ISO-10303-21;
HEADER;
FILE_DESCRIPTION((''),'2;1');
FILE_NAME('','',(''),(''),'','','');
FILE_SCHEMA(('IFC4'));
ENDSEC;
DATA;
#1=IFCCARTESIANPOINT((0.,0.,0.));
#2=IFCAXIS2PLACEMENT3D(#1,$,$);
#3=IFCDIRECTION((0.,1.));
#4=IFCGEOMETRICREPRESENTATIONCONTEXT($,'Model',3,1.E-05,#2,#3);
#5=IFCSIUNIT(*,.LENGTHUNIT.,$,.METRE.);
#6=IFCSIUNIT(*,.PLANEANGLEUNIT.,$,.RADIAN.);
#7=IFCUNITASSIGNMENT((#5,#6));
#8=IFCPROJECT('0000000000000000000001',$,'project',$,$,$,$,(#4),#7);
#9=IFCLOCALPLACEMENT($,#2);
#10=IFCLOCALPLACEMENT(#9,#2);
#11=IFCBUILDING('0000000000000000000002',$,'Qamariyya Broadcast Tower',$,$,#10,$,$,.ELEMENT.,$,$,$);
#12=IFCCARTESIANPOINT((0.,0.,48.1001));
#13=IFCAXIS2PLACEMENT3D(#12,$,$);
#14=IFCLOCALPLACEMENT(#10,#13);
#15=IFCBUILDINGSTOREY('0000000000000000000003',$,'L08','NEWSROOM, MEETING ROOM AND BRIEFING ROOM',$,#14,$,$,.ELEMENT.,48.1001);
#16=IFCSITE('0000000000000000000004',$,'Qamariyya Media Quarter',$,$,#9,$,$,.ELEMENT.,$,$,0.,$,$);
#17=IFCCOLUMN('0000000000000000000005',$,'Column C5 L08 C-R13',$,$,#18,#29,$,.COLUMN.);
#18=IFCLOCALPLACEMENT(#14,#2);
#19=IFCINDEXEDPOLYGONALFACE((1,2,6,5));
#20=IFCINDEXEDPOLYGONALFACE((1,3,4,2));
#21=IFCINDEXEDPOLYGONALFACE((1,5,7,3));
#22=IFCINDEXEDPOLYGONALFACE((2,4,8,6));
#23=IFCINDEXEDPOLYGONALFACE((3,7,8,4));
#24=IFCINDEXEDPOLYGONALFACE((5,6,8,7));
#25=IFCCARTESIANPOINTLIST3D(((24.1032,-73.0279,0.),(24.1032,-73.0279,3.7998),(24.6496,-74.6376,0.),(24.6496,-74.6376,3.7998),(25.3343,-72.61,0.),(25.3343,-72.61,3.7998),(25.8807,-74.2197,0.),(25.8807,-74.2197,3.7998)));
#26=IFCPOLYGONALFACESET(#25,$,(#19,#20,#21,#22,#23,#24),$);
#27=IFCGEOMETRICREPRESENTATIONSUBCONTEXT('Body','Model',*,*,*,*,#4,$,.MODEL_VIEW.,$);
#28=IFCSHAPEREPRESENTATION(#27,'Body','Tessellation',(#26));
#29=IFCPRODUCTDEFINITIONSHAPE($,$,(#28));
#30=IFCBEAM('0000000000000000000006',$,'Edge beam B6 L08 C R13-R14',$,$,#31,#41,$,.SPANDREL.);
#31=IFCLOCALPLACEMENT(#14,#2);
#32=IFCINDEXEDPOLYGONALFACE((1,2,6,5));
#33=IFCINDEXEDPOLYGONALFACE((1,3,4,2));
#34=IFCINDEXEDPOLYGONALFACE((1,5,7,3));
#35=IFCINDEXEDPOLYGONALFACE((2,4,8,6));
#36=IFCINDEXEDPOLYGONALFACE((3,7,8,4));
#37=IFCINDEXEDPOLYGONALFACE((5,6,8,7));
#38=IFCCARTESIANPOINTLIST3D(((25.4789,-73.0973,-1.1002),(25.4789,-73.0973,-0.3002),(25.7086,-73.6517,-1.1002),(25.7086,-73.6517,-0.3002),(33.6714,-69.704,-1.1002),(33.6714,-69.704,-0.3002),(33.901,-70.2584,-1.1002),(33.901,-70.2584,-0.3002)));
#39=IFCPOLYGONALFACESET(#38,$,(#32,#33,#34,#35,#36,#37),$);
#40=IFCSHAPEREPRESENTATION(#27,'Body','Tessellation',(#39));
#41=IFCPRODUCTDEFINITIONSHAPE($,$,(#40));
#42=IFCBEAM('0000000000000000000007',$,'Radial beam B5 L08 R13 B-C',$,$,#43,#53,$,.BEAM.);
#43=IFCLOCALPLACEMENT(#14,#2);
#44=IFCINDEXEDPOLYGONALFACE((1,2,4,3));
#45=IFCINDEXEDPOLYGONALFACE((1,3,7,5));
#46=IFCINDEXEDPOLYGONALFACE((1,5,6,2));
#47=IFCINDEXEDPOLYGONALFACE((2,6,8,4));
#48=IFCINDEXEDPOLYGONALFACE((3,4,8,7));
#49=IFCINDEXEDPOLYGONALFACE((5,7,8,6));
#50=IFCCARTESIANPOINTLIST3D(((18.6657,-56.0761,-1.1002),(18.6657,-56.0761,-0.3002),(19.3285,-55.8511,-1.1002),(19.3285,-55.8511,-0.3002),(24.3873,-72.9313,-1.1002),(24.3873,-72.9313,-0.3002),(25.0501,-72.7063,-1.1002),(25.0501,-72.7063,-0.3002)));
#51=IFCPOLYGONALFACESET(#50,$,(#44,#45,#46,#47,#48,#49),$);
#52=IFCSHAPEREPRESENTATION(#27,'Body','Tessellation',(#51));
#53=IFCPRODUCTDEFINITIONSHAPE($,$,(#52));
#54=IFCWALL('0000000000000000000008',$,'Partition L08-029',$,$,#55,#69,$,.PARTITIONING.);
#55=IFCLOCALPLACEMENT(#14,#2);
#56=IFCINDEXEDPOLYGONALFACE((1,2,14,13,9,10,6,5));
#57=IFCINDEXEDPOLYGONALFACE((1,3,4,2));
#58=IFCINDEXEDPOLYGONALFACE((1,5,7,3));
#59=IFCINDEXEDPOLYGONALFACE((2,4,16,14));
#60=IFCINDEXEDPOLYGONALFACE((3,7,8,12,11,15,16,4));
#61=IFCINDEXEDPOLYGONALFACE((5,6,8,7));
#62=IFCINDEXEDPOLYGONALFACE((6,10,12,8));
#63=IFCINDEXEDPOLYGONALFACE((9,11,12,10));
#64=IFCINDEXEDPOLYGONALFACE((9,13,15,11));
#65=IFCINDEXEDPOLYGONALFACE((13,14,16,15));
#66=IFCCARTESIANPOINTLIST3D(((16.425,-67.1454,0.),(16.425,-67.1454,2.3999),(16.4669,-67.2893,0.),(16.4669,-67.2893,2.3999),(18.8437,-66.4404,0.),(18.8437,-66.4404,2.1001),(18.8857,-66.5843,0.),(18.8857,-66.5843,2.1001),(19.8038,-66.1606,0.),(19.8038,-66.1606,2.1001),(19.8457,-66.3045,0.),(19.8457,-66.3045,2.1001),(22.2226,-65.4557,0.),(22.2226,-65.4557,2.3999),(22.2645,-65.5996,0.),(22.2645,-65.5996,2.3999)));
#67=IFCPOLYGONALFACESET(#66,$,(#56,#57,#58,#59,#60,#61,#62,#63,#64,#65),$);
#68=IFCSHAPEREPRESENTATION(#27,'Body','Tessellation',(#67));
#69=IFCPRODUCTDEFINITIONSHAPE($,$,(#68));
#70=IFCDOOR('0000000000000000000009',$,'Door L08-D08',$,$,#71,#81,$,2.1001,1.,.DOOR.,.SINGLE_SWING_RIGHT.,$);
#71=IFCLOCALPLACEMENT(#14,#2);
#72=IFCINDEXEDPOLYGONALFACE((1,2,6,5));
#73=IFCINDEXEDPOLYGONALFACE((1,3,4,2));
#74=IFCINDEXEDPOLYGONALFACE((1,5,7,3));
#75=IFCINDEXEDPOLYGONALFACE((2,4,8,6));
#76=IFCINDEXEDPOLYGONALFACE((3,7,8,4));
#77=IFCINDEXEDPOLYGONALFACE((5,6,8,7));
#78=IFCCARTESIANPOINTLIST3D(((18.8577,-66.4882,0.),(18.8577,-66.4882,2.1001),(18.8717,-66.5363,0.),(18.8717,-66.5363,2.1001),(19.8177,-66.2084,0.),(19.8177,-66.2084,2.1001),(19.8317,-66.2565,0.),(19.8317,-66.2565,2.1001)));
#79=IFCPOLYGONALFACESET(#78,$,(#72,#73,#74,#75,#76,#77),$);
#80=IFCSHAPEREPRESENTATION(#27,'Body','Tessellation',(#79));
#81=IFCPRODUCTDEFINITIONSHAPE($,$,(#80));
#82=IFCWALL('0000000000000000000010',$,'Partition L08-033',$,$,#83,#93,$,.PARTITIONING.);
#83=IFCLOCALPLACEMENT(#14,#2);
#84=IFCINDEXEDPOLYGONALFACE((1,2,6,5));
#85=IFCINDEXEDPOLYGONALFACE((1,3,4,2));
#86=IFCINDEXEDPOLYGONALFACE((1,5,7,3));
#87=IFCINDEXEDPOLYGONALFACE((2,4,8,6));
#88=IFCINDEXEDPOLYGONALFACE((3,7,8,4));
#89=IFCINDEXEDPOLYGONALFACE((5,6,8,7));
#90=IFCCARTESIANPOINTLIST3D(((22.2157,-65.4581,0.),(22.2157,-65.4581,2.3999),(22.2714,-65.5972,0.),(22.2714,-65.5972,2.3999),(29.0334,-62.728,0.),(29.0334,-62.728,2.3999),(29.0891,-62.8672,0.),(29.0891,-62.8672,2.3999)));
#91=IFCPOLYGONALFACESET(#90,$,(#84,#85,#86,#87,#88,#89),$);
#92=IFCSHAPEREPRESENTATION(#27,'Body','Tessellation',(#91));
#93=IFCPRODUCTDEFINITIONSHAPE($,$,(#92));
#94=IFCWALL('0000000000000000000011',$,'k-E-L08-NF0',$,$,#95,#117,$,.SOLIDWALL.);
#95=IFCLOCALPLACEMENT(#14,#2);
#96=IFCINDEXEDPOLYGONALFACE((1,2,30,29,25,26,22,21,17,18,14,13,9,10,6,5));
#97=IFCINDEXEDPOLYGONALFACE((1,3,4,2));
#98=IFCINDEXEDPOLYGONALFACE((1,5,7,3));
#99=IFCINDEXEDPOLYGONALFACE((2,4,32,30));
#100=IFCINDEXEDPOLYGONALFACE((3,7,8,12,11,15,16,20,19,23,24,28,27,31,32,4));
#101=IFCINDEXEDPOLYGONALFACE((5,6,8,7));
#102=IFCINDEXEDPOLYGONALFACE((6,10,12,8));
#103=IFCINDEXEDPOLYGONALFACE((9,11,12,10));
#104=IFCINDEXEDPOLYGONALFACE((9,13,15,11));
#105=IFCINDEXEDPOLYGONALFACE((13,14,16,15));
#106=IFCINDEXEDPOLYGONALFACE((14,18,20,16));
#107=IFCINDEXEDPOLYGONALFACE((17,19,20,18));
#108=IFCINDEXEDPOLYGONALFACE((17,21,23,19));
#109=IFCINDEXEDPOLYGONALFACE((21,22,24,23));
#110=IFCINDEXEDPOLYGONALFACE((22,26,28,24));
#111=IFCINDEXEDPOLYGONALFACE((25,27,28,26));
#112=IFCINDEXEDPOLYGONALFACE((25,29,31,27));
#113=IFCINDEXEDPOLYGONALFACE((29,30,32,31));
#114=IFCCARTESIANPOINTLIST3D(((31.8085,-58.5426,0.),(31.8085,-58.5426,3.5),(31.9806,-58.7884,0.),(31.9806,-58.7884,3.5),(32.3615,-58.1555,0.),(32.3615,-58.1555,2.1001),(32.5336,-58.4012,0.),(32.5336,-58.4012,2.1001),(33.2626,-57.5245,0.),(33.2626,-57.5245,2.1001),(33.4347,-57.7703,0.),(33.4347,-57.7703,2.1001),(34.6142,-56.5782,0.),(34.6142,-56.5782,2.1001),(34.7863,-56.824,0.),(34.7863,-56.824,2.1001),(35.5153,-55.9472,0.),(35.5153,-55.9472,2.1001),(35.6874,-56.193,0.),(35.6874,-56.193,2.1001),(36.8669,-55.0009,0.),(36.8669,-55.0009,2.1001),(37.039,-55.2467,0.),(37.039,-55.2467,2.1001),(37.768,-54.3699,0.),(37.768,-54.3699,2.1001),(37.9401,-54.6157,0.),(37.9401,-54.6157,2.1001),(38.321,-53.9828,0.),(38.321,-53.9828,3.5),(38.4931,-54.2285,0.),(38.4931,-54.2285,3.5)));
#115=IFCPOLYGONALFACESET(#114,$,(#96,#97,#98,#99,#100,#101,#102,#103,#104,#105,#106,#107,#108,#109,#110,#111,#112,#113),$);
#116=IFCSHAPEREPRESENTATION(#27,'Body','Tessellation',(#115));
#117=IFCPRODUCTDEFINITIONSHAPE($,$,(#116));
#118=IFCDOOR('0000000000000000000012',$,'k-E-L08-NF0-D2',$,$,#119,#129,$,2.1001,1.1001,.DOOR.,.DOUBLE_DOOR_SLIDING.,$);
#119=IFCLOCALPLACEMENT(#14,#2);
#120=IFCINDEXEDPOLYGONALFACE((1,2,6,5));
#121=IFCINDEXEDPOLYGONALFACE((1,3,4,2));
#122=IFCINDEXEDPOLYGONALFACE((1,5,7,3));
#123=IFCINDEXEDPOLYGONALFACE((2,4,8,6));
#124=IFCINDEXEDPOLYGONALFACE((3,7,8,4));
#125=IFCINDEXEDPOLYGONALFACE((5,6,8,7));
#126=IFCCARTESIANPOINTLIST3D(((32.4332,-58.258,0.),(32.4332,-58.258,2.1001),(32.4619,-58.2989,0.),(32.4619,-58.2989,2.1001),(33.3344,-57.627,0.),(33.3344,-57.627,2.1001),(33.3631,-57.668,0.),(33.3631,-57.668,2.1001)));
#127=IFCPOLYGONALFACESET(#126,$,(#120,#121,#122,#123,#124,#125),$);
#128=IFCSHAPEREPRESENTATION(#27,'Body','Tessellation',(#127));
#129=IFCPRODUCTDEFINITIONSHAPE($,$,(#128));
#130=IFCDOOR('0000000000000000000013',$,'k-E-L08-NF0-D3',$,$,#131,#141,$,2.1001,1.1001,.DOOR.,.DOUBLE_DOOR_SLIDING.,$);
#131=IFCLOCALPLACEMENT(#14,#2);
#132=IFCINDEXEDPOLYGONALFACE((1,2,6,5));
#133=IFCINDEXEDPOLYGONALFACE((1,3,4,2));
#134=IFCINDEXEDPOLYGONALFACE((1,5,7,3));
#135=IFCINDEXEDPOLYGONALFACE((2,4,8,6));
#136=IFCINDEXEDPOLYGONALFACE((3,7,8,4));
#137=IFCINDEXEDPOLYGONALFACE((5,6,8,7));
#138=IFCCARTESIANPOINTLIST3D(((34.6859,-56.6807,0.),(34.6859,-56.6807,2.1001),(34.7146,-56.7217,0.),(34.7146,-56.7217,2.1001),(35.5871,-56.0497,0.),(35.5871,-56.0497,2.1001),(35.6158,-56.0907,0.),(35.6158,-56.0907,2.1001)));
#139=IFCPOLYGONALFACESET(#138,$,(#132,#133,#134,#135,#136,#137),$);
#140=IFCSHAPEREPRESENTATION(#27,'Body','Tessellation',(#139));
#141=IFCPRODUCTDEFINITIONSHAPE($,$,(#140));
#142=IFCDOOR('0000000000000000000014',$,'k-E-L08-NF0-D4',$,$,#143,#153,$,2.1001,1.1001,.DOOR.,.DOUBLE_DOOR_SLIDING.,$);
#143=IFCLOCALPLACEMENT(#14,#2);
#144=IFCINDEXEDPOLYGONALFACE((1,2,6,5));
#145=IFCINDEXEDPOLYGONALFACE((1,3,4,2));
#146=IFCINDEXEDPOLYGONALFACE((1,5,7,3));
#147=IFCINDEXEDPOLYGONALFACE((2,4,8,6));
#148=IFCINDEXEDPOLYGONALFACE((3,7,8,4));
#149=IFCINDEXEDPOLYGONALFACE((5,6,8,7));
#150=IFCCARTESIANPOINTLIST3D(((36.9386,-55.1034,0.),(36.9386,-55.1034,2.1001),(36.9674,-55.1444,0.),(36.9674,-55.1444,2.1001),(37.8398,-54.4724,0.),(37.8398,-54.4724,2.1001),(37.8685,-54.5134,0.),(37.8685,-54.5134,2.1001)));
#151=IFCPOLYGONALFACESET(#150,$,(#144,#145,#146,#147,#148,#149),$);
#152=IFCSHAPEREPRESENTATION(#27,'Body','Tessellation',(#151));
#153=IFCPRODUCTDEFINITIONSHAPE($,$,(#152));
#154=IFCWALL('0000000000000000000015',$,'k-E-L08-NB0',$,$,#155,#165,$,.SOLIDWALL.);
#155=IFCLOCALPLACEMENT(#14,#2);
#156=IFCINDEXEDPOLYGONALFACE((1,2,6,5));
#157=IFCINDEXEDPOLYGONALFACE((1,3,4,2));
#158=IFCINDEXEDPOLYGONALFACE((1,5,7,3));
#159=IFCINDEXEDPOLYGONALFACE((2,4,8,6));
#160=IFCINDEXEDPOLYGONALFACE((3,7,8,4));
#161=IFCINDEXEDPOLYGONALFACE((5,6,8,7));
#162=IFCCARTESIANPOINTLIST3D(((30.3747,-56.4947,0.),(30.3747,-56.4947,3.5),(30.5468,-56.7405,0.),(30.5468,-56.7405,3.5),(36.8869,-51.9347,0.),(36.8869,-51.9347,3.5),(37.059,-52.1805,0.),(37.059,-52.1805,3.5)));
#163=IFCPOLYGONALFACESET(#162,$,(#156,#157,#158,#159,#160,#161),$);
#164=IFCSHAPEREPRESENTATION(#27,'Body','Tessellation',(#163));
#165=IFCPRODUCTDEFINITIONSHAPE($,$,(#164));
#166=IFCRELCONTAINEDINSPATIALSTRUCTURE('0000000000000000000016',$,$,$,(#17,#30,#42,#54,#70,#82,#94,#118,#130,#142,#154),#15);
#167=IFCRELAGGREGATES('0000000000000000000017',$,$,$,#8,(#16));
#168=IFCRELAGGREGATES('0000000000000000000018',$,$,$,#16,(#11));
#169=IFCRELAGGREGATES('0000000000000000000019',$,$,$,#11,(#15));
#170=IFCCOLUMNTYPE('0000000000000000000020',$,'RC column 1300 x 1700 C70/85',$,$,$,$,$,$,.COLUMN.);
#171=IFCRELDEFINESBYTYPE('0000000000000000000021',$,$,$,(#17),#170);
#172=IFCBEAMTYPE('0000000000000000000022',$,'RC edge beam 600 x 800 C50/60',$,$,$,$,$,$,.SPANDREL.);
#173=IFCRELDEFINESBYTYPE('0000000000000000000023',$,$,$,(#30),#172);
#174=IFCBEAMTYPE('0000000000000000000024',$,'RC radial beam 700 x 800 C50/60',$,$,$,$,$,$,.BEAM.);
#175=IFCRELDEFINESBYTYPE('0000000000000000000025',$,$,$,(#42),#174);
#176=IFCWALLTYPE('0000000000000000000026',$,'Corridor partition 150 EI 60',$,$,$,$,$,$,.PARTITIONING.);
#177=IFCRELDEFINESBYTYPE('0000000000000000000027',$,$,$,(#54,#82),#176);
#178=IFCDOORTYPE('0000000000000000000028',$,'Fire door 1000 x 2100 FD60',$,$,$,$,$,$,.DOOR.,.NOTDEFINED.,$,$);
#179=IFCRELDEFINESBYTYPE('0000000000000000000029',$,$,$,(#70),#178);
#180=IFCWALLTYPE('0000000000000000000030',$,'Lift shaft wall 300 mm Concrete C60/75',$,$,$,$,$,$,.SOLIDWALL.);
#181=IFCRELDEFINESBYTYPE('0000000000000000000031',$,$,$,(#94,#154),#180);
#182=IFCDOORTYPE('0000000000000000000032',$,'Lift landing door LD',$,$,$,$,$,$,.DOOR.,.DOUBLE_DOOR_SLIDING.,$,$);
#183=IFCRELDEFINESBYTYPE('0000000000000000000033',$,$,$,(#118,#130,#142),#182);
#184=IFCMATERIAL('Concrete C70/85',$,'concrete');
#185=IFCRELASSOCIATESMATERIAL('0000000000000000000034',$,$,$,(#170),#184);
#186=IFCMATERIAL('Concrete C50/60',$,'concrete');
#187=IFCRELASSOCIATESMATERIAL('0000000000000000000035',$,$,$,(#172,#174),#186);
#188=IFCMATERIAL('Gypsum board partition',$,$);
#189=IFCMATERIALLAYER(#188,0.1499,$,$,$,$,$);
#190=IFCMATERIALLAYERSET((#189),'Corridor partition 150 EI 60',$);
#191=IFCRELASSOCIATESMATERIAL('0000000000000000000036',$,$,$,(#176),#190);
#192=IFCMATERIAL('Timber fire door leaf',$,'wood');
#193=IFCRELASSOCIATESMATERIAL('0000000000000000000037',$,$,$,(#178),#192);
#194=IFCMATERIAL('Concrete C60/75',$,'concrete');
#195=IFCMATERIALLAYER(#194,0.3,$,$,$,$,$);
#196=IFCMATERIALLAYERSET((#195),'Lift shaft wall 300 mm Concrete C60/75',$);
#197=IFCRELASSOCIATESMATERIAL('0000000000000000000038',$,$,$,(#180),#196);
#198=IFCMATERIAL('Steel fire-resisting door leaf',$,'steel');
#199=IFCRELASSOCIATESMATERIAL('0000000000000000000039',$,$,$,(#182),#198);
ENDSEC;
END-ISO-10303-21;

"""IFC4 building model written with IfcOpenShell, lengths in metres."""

from ifc_helpers import new_model, si_unit, direction, frame, frame_2d, origin, origin_2d, place, context, subcontext, project, spatial, rectangle, extrude, material, layer, layer_set, material_profile, profile_set, type_object, element, fill, save


model = new_model("IFC4")

# Units and contexts
model_context = context("Model", 3, precision=1e-05, world=origin(), true_north=direction((0.0, 1.0)))
body_context = subcontext(model_context, "Body", "Model", "MODEL_VIEW")
ifc_project = project(units=[si_unit("LENGTHUNIT", "METRE"), si_unit("PLANEANGLEUNIT", "RADIAN")], contexts=[model_context])

# Site, building, storey
site_placement = place(None, origin())
site = spatial("IfcSite", under=ifc_project, at=site_placement, Name="Qamariyya Media Quarter", CompositionType="ELEMENT", RefElevation=0.0)
building_placement = place(site_placement, origin())
building = spatial("IfcBuilding", under=site, at=building_placement, Name="Qamariyya Broadcast Tower", CompositionType="ELEMENT")
storey_placement = place(building_placement, frame((0.0, 0.0, 48.1001)))
storey = spatial("IfcBuildingStorey", under=building, at=storey_placement, Name="L08", Description="NEWSROOM, MEETING ROOM AND BRIEFING ROOM", CompositionType="ELEMENT", Elevation=48.1001)

# Column
ifc_material_1 = material(Name="Concrete C70/85", Category="concrete")
ifc_material_profile_1 = material_profile(ifc_material_1, rectangle(XDim=1.3, YDim=1.7, at=origin_2d()))
ifc_profile_set_1 = profile_set([ifc_material_profile_1], Name="Concrete C70/85")
column_type = type_object("IfcColumnType", Name="RC column 1300 x 1700 C70/85", PredefinedType="COLUMN", material=ifc_profile_set_1)
column_placement = place(storey_placement, frame((24.9919, -73.6238, 0.0), z_axis=(0.0, 0.0, 1.0), x_axis=(0.94693, 0.321439, 0.0)))
element("IfcColumn", 1, at=column_placement, inside=storey, type_object=column_type, Name="Column C5 L08 C-R13", PredefinedType="COLUMN", context=body_context, shape_type="SweptSolid", body=[
    extrude(rectangle(XDim=1.3, YDim=1.7, at=origin_2d()), origin(), (0.0, 0.0, 1.0), 3.7998),
])

# Beams
ifc_material_2 = material(Name="Concrete C50/60", Category="concrete")
ifc_material_profile_2 = material_profile(ifc_material_2, rectangle(XDim=0.6001, YDim=0.8, at=origin_2d()))
ifc_profile_set_2 = profile_set([ifc_material_profile_2], Name="Concrete C50/60")
beam_type_1 = type_object("IfcBeamType", Name="RC edge beam 600 x 800 C50/60", PredefinedType="SPANDREL", material=ifc_profile_set_2)
beam_1_placement = place(storey_placement, frame((25.5938, -73.3745, -0.7002), z_axis=(0.923883, 0.382675, 0.0), x_axis=(-0.382675, 0.923883, 0.0)))
element("IfcBeam", 2, at=beam_1_placement, inside=storey, type_object=beam_type_1, Name="Edge beam B6 L08 C R13-R14", PredefinedType="SPANDREL", context=body_context, shape_type="SweptSolid", body=[
    extrude(rectangle(XDim=0.6001, YDim=0.8, at=origin_2d()), origin(), (0.0, 0.0, 1.0), 8.8674),
])
ifc_material_profile_3 = material_profile(ifc_material_2, rectangle(XDim=0.7, YDim=0.8, at=origin_2d()))
ifc_profile_set_3 = profile_set([ifc_material_profile_3], Name="Concrete C50/60")
beam_type_2 = type_object("IfcBeamType", Name="RC radial beam 700 x 800 C50/60", PredefinedType="BEAM", material=ifc_profile_set_3)
beam_2_placement = place(storey_placement, frame((18.9971, -55.9636, -0.7002), z_axis=(0.321445, -0.946928, 0.0), x_axis=(0.946928, 0.321445, 0.0)))
element("IfcBeam", 3, at=beam_2_placement, inside=storey, type_object=beam_type_2, Name="Radial beam B5 L08 R13 B-C", PredefinedType="BEAM", context=body_context, shape_type="SweptSolid", body=[
    extrude(rectangle(XDim=0.7, YDim=0.8, at=origin_2d()), origin(), (0.0, 0.0, 1.0), 17.7998),
])

# Wall, opening, door
ifc_material_3 = material(Name="Gypsum board partition")
ifc_layer_1 = layer(ifc_material_3, 0.1499)
ifc_layer_set_1 = layer_set([ifc_layer_1], Name="Corridor partition 150 EI 60")
wall_type_1 = type_object("IfcWallType", Name="Corridor partition 150 EI 60", PredefinedType="PARTITIONING", material=ifc_layer_set_1)
wall_1_placement = place(storey_placement, frame((22.2437, -65.5276, 0.0), z_axis=(0.0, 0.0, 1.0), x_axis=(-0.960057, -0.279806, 0.0)))
wall_1 = element("IfcWall", 4, at=wall_1_placement, inside=storey, type_object=wall_type_1, Name="Partition L08-029", PredefinedType="PARTITIONING", context=body_context, shape_type="SweptSolid", body=[
    extrude(rectangle(XDim=6.0388, YDim=0.1499, at=frame_2d((3.0195, 0.0))), origin(), (0.0, 0.0, 1.0), 2.3999),
])
opening_1_placement = place(wall_1_placement, frame((2.5195, 0.0, 0.0)))
opening_1 = element("IfcOpeningElement", 5, at=opening_1_placement, cuts=wall_1, PredefinedType="OPENING", context=body_context, shape_type="SweptSolid", body=[
    extrude(rectangle(XDim=1.0, YDim=2.1001, at=frame_2d((0.5, 1.05))), frame((0.0, 0.085, 0.0), z_axis=(0.0, -1.0, 0.0), x_axis=(1.0, 0.0, 0.0)), (0.0, 0.0, 1.0), 0.1699),
])
ifc_material_4 = material(Name="Timber fire door leaf", Category="wood")
door_type_1 = type_object("IfcDoorType", Name="Fire door 1000 x 2100 FD60", OperationType="NOTDEFINED", PredefinedType="DOOR", material=ifc_material_4)
door_1_placement = place(opening_1_placement, origin())
door_1 = element("IfcDoor", 6, at=door_1_placement, inside=storey, type_object=door_type_1, Name="Door L08-D08", OperationType="SINGLE_SWING_RIGHT", OverallHeight=2.1001, OverallWidth=1.0, PredefinedType="DOOR", context=body_context, shape_type="SweptSolid", body=[
    extrude(rectangle(XDim=1.0, YDim=2.1001, at=frame_2d((0.5, 1.05))), frame((0.0, 0.0249, 0.0), z_axis=(0.0, -1.0, 0.0), x_axis=(1.0, 0.0, 0.0)), (0.0, 0.0, 1.0), 0.05),
])
fill(opening_1, door_1)

# Wall
wall_2_placement = place(storey_placement, frame((22.2437, -65.5276, 0.0), z_axis=(0.0, 0.0, 1.0), x_axis=(0.928339, 0.371735, 0.0)))
element("IfcWall", 7, at=wall_2_placement, inside=storey, type_object=wall_type_1, Name="Partition L08-033", PredefinedType="PARTITIONING", context=body_context, shape_type="SweptSolid", body=[
    extrude(rectangle(XDim=7.344, YDim=0.1499, at=frame_2d((3.6719, 0.0))), origin(), (0.0, 0.0, 1.0), 2.3999),
])

# Wall, openings, doors
ifc_material_5 = material(Name="Concrete C60/75", Category="concrete")
ifc_layer_2 = layer(ifc_material_5, 0.3)
ifc_layer_set_2 = layer_set([ifc_layer_2], Name="Lift shaft wall 300 mm Concrete C60/75")
wall_type_2 = type_object("IfcWallType", Name="Lift shaft wall 300 mm Concrete C60/75", PredefinedType="SOLIDWALL", material=ifc_layer_set_2)
wall_3_placement = place(storey_placement, frame((31.8945, -58.6655, 0.0), z_axis=(0.0, 0.0, 1.0), x_axis=(0.819167, 0.573555, 0.0)))
wall_3 = element("IfcWall", 8, at=wall_3_placement, inside=storey, type_object=wall_type_2, Name="k-E-L08-NF0", PredefinedType="SOLIDWALL", context=body_context, shape_type="SweptSolid", body=[
    extrude(rectangle(XDim=7.9502, YDim=0.3, at=frame_2d((3.9751, 0.0))), origin(), (0.0, 0.0, 1.0), 3.5),
])
opening_2_placement = place(wall_3_placement, frame((0.675, 0.0, 0.0)))
opening_2 = element("IfcOpeningElement", 9, at=opening_2_placement, cuts=wall_3, PredefinedType="OPENING", context=body_context, shape_type="SweptSolid", body=[
    extrude(rectangle(XDim=1.1001, YDim=2.1001, at=frame_2d((0.55, 1.05))), frame((0.0, 0.1599, 0.0), z_axis=(0.0, -1.0, 0.0), x_axis=(1.0, 0.0, 0.0)), (0.0, 0.0, 1.0), 0.3201),
])
opening_3_placement = place(wall_3_placement, frame((3.425, 0.0, 0.0)))
opening_3 = element("IfcOpeningElement", 10, at=opening_3_placement, cuts=wall_3, PredefinedType="OPENING", context=body_context, shape_type="SweptSolid", body=[
    extrude(rectangle(XDim=1.1001, YDim=2.1001, at=frame_2d((0.55, 1.05))), frame((0.0, 0.1599, 0.0), z_axis=(0.0, -1.0, 0.0), x_axis=(1.0, 0.0, 0.0)), (0.0, 0.0, 1.0), 0.3201),
])
opening_4_placement = place(wall_3_placement, frame((6.175, 0.0, 0.0)))
opening_4 = element("IfcOpeningElement", 11, at=opening_4_placement, cuts=wall_3, PredefinedType="OPENING", context=body_context, shape_type="SweptSolid", body=[
    extrude(rectangle(XDim=1.1001, YDim=2.1001, at=frame_2d((0.55, 1.05))), frame((0.0, 0.1599, 0.0), z_axis=(0.0, -1.0, 0.0), x_axis=(1.0, 0.0, 0.0)), (0.0, 0.0, 1.0), 0.3201),
])
ifc_material_6 = material(Name="Steel fire-resisting door leaf", Category="steel")
door_type_2 = type_object("IfcDoorType", Name="Lift landing door LD", OperationType="DOUBLE_DOOR_SLIDING", PredefinedType="DOOR", material=ifc_material_6)
door_2_placement = place(opening_2_placement, origin())
door_2 = element("IfcDoor", 12, at=door_2_placement, inside=storey, type_object=door_type_2, Name="k-E-L08-NF0-D2", OperationType="DOUBLE_DOOR_SLIDING", OverallHeight=2.1001, OverallWidth=1.1001, PredefinedType="DOOR", context=body_context, shape_type="SweptSolid", body=[
    extrude(rectangle(XDim=1.1001, YDim=2.1001, at=frame_2d((0.55, 1.05))), frame((0.0, 0.0249, 0.0), z_axis=(0.0, -1.0, 0.0), x_axis=(1.0, 0.0, 0.0)), (0.0, 0.0, 1.0), 0.05),
])
fill(opening_2, door_2)
door_3_placement = place(opening_3_placement, origin())
door_3 = element("IfcDoor", 13, at=door_3_placement, inside=storey, type_object=door_type_2, Name="k-E-L08-NF0-D3", OperationType="DOUBLE_DOOR_SLIDING", OverallHeight=2.1001, OverallWidth=1.1001, PredefinedType="DOOR", context=body_context, shape_type="SweptSolid", body=[
    extrude(rectangle(XDim=1.1001, YDim=2.1001, at=frame_2d((0.55, 1.05))), frame((0.0, 0.0249, 0.0), z_axis=(0.0, -1.0, 0.0), x_axis=(1.0, 0.0, 0.0)), (0.0, 0.0, 1.0), 0.05),
])
fill(opening_3, door_3)
door_4_placement = place(opening_4_placement, origin())
door_4 = element("IfcDoor", 14, at=door_4_placement, inside=storey, type_object=door_type_2, Name="k-E-L08-NF0-D4", OperationType="DOUBLE_DOOR_SLIDING", OverallHeight=2.1001, OverallWidth=1.1001, PredefinedType="DOOR", context=body_context, shape_type="SweptSolid", body=[
    extrude(rectangle(XDim=1.1001, YDim=2.1001, at=frame_2d((0.55, 1.05))), frame((0.0, 0.0249, 0.0), z_axis=(0.0, -1.0, 0.0), x_axis=(1.0, 0.0, 0.0)), (0.0, 0.0, 1.0), 0.05),
])
fill(opening_4, door_4)

# Wall
wall_4_placement = place(storey_placement, frame((30.4607, -56.6177, 0.0), z_axis=(0.0, 0.0, 1.0), x_axis=(0.819142, 0.57359, 0.0)))
element("IfcWall", 15, at=wall_4_placement, inside=storey, type_object=wall_type_2, Name="k-E-L08-NB0", PredefinedType="SOLIDWALL", context=body_context, shape_type="SweptSolid", body=[
    extrude(rectangle(XDim=7.95, YDim=0.3, at=frame_2d((3.9751, 0.0))), origin(), (0.0, 0.0, 1.0), 3.5),
])

save(model, "model.ifc")
